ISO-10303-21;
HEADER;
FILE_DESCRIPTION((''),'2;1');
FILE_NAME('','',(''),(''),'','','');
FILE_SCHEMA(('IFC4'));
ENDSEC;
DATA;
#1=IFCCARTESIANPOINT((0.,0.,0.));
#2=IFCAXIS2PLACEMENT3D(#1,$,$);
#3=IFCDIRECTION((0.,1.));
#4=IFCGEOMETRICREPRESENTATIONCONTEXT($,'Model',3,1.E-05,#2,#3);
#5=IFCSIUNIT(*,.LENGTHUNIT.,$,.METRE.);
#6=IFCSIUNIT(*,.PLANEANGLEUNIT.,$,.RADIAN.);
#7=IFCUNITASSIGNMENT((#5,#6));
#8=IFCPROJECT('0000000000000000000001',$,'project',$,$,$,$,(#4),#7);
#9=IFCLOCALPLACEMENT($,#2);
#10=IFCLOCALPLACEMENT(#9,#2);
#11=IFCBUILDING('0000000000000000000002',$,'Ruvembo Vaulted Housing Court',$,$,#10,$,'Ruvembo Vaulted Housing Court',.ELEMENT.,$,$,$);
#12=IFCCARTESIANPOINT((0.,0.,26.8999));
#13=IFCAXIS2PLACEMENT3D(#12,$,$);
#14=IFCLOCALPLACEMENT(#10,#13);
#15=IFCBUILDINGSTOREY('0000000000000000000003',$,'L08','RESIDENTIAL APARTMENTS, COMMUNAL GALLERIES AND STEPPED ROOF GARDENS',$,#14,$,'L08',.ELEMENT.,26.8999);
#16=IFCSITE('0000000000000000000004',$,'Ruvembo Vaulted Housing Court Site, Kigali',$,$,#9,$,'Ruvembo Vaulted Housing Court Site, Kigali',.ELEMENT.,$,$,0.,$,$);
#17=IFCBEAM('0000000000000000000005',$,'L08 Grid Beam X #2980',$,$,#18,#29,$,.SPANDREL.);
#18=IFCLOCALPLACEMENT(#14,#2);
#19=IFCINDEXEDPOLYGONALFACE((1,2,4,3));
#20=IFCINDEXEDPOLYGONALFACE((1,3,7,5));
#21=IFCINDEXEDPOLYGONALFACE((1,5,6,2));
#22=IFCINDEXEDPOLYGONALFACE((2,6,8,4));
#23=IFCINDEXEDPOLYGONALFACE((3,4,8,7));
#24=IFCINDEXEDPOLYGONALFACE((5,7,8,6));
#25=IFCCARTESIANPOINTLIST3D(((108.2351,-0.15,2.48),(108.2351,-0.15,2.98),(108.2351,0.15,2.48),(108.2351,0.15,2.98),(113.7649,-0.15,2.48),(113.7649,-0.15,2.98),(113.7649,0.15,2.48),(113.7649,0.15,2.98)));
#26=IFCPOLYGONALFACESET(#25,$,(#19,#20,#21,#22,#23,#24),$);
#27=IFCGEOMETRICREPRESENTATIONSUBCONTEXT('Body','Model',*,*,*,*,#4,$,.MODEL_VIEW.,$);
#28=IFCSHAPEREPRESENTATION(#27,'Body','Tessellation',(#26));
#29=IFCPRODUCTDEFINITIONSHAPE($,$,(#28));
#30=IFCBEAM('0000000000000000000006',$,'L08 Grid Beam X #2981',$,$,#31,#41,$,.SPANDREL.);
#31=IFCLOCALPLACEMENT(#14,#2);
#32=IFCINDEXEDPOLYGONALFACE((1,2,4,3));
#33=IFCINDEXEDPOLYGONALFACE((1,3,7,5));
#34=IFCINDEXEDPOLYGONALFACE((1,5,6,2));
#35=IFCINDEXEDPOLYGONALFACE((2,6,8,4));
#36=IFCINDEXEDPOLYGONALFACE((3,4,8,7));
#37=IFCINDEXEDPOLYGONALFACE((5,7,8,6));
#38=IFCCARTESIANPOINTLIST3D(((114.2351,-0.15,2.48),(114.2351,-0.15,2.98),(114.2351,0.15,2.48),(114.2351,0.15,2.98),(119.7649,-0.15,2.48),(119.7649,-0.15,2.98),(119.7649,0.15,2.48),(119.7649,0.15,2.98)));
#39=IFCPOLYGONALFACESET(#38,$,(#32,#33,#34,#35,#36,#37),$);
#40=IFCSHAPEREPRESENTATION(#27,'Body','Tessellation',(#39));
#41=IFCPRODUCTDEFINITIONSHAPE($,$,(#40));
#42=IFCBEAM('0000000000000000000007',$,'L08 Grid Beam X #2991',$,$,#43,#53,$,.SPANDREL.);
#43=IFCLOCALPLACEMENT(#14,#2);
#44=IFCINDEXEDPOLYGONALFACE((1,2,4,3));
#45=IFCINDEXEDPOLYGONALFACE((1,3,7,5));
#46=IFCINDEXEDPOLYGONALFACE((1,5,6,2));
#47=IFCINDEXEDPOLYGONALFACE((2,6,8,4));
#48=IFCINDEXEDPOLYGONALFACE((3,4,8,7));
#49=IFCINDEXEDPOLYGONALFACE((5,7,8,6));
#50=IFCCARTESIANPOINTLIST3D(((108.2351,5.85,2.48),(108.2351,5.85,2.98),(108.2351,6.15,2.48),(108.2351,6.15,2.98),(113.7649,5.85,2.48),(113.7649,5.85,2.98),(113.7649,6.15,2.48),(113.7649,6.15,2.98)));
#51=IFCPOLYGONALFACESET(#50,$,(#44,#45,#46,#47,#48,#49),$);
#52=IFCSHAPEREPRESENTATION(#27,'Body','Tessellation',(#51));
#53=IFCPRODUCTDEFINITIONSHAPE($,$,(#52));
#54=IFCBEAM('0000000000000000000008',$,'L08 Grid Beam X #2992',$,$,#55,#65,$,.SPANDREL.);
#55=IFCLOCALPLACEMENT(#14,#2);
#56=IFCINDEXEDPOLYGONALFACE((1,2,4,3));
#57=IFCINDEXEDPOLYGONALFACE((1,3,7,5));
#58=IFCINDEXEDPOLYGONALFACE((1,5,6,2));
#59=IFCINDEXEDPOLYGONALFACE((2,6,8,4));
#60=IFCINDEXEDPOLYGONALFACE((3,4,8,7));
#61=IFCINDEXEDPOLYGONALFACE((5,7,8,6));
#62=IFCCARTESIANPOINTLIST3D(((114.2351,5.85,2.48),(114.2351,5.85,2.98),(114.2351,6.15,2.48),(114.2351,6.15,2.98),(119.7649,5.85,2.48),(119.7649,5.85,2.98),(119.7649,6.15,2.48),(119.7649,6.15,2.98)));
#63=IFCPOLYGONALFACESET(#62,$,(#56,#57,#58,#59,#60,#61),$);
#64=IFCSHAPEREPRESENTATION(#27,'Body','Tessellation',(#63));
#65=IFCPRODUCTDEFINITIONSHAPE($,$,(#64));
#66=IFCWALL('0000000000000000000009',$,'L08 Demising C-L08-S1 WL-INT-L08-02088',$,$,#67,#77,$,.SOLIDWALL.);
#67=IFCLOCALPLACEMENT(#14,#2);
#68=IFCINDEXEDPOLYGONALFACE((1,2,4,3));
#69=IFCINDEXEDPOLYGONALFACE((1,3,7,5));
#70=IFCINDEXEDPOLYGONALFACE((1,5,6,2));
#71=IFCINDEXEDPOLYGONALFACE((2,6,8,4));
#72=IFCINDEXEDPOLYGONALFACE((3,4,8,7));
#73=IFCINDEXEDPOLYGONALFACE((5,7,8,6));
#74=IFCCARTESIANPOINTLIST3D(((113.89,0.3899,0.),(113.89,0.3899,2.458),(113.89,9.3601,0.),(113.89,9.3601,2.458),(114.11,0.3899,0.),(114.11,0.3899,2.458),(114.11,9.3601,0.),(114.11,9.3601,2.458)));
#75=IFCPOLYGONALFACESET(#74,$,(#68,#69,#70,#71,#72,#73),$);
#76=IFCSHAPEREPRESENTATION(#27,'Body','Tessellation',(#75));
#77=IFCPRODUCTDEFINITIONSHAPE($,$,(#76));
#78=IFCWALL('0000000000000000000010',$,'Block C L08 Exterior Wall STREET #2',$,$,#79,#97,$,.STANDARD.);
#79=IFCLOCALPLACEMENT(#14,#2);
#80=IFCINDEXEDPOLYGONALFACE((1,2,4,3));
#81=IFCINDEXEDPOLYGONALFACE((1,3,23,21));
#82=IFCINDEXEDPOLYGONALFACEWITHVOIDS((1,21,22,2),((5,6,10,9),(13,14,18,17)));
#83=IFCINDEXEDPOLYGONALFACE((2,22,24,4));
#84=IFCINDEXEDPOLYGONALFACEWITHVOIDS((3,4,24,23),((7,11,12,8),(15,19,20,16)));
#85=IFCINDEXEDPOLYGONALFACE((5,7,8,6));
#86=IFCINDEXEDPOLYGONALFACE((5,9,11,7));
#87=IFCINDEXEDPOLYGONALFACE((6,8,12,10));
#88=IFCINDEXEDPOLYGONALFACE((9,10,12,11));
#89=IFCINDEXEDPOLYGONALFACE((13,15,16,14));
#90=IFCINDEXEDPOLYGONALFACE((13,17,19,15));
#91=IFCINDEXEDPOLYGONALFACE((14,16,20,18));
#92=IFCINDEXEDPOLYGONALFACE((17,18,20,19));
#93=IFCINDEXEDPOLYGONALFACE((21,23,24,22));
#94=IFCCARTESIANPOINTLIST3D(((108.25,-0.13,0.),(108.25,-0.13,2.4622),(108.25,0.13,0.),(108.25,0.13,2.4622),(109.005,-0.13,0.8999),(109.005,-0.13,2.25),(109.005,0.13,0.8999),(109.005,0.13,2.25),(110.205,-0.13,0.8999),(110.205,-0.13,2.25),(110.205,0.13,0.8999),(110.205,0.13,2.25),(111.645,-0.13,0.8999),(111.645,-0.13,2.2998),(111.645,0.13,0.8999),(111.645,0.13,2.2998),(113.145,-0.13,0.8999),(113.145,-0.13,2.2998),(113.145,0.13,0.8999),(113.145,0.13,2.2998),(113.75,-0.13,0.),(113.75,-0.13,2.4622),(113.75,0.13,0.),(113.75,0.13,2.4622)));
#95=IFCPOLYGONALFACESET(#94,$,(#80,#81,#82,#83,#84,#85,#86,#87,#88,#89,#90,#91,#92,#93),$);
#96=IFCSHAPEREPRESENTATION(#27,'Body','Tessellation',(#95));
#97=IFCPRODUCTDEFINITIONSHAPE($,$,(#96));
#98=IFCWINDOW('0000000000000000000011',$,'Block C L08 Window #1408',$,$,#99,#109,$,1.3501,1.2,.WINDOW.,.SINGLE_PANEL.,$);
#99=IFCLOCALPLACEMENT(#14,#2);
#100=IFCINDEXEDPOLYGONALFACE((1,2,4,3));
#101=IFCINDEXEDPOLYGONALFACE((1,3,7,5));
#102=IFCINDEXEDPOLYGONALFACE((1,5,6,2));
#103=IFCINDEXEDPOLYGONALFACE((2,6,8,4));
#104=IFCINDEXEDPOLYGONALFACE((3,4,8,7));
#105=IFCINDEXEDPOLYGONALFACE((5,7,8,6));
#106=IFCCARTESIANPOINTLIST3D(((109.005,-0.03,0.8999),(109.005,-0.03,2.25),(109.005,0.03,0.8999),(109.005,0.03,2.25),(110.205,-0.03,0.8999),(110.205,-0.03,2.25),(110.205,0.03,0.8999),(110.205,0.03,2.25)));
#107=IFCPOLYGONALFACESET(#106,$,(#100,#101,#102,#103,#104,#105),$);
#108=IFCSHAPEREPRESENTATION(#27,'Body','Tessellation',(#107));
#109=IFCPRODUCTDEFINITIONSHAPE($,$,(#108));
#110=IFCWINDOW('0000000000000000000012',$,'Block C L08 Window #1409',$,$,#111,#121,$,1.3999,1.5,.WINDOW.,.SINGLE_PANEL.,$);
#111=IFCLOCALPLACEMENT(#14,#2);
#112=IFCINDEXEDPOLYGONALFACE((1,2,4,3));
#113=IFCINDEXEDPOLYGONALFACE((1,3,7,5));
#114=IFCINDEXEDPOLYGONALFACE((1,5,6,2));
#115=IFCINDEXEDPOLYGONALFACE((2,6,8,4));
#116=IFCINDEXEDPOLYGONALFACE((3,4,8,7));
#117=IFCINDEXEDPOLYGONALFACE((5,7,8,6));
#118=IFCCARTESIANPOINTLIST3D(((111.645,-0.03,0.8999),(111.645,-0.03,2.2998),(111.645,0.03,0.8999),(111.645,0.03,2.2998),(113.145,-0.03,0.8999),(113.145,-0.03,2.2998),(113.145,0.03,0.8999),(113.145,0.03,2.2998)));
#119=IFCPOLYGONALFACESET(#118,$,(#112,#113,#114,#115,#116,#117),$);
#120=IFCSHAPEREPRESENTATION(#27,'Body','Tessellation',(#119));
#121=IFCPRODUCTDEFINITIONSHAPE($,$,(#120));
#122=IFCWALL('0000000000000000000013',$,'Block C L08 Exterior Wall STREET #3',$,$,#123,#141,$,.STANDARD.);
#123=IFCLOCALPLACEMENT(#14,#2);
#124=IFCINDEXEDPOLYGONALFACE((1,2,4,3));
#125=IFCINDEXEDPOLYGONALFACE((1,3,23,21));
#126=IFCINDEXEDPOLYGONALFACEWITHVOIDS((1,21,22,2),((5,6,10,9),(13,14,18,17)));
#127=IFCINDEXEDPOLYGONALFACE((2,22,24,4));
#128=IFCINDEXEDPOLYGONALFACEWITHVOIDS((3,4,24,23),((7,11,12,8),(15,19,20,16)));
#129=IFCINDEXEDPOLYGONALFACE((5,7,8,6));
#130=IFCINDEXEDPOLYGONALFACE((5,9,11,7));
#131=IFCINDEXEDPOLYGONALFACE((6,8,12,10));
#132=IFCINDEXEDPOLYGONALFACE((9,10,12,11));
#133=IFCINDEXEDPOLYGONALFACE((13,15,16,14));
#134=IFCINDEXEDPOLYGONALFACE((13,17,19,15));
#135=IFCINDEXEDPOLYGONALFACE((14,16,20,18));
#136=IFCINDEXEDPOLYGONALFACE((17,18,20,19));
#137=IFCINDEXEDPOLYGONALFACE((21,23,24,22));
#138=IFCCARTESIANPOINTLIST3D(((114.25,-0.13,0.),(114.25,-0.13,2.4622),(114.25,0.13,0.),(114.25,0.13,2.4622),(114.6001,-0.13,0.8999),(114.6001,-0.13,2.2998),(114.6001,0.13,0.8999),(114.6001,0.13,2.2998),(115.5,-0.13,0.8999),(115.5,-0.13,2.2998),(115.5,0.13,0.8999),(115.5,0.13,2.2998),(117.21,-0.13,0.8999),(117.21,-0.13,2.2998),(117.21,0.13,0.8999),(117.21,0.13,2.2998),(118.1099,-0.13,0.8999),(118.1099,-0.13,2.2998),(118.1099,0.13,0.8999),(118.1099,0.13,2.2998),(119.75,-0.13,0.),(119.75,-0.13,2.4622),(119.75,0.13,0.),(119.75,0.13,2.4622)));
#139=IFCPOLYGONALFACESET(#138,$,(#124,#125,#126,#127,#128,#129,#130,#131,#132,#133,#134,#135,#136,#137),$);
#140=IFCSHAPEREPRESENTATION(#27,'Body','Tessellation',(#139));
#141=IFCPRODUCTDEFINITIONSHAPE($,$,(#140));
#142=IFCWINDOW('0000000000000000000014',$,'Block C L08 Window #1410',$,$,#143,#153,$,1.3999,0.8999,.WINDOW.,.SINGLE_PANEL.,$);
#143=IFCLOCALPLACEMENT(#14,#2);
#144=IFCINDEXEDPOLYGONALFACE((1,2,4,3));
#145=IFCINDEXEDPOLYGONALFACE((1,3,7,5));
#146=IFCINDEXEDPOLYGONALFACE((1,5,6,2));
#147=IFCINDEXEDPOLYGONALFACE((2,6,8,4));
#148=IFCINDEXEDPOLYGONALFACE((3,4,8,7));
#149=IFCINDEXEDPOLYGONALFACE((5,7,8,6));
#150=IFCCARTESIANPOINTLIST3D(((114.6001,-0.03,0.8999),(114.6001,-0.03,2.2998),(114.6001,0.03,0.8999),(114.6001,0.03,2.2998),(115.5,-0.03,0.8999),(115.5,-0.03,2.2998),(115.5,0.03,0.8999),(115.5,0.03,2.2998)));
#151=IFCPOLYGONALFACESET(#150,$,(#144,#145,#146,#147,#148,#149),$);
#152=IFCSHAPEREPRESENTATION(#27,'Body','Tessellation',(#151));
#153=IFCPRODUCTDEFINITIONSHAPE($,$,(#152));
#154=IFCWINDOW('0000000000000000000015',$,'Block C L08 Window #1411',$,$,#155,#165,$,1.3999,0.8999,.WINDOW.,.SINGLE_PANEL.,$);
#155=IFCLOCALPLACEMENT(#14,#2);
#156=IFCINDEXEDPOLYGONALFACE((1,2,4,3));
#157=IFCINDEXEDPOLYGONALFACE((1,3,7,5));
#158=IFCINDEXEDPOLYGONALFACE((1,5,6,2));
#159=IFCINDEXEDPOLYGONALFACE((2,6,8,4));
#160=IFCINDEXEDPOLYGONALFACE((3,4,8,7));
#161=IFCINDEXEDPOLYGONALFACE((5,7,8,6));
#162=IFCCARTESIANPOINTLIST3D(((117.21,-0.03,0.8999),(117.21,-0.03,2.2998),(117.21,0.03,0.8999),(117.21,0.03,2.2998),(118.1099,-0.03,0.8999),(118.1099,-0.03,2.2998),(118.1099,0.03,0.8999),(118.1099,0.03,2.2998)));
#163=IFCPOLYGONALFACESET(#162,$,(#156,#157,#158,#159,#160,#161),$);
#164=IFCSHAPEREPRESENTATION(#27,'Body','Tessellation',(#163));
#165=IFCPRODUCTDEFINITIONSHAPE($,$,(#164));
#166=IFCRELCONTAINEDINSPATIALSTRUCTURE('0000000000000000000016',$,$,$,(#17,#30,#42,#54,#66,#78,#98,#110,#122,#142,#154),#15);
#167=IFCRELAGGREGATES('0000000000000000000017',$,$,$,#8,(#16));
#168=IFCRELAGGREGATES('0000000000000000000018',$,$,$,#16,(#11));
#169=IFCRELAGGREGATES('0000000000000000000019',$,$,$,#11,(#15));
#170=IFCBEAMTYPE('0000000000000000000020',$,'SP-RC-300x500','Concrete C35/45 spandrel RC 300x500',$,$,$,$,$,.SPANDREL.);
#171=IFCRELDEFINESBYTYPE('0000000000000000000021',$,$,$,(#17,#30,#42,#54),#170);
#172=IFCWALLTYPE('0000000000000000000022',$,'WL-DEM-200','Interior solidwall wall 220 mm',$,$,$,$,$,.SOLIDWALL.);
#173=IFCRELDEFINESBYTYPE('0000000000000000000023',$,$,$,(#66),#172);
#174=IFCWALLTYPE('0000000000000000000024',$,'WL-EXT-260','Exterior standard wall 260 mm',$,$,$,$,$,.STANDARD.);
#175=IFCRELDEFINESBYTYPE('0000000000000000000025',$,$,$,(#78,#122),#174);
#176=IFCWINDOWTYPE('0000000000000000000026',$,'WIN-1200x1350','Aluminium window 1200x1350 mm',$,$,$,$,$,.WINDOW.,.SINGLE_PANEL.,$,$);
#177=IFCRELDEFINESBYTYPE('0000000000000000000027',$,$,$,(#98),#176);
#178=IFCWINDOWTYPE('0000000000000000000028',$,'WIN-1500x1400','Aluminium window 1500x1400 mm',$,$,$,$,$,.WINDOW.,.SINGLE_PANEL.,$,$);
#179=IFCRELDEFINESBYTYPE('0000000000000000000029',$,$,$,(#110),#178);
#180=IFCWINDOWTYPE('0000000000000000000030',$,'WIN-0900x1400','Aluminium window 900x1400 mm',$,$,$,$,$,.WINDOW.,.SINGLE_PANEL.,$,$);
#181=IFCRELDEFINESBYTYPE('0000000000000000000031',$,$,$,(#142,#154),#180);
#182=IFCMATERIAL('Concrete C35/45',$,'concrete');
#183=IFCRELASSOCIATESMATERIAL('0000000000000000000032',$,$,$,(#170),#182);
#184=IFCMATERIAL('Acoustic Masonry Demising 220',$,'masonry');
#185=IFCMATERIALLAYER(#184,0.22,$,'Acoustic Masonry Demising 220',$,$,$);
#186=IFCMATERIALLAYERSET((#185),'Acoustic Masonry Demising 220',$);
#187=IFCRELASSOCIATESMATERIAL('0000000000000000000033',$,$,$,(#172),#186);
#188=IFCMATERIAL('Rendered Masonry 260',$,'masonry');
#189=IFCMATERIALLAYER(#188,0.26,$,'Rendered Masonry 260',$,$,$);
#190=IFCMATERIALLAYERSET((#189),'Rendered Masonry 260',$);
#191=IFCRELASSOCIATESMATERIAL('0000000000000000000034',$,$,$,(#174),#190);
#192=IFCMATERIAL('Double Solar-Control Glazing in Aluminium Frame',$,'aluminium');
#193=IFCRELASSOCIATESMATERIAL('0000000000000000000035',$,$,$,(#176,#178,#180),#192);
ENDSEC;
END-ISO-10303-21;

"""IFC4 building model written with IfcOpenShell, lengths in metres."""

from ifc_helpers import new_model, si_unit, direction, frame, frame_2d, origin, origin_2d, place, context, subcontext, project, spatial, rectangle, extrude, material, layer, layer_set, material_profile, profile_set, type_object, element, fill, save


model = new_model("IFC4")

# Units and contexts
model_context = context("Model", 3, precision=1e-05, world=origin(), true_north=direction((0.0, 1.0)))
body_context = subcontext(model_context, "Body", "Model", "MODEL_VIEW")
ifc_project = project(units=[si_unit("LENGTHUNIT", "METRE"), si_unit("PLANEANGLEUNIT", "RADIAN")], contexts=[model_context])

# Site, building, storey
site_placement = place(None, origin())
site = spatial("IfcSite", under=ifc_project, at=site_placement, Name="Ruvembo Vaulted Housing Court Site, Kigali", LongName="Ruvembo Vaulted Housing Court Site, Kigali", CompositionType="ELEMENT", RefElevation=0.0)
building_placement = place(site_placement, origin())
building = spatial("IfcBuilding", under=site, at=building_placement, Name="Ruvembo Vaulted Housing Court", LongName="Ruvembo Vaulted Housing Court", CompositionType="ELEMENT")
storey_placement = place(building_placement, frame((0.0, 0.0, 26.8999)))
storey = spatial("IfcBuildingStorey", under=building, at=storey_placement, Name="L08", Description="RESIDENTIAL APARTMENTS, COMMUNAL GALLERIES AND STEPPED ROOF GARDENS", LongName="L08", CompositionType="ELEMENT", Elevation=26.8999)

# Shared definitions
ifc_material_1 = material(Name="Concrete C35/45", Category="concrete")

# Beams
ifc_material_profile_1 = material_profile(ifc_material_1, rectangle(XDim=0.3, YDim=0.5, at=origin_2d()), Name="RC 300x500")
ifc_profile_set_1 = profile_set([ifc_material_profile_1], Name="Concrete C35/45")
beam_type_1 = type_object("IfcBeamType", Name="SP-RC-300x500", Description="Concrete C35/45 spandrel RC 300x500", PredefinedType="SPANDREL", material=ifc_profile_set_1)
for number, where, z_axis, x_axis, name in (
    (1, (108.2351, 0.0, 2.73), (1.0, 0.0, 0.0), (0.0, 1.0, 0.0), "L08 Grid Beam X #2980"),
    (2, (114.2351, 0.0, 2.73), (1.0, 0.0, 0.0), (0.0, 1.0, 0.0), "L08 Grid Beam X #2981"),
    (3, (108.2351, 6.0, 2.73), (1.0, 0.0, 0.0), (0.0, 1.0, 0.0), "L08 Grid Beam X #2991"),
    (4, (114.2351, 6.0, 2.73), (1.0, 0.0, 0.0), (0.0, 1.0, 0.0), "L08 Grid Beam X #2992"),
):
    element("IfcBeam", number, at=place(storey_placement, frame(where, z_axis=z_axis, x_axis=x_axis)), inside=storey, type_object=beam_type_1, Name=name, PredefinedType="SPANDREL", context=body_context, shape_type="SweptSolid", body=[
        extrude(rectangle(XDim=0.3, YDim=0.5, at=origin_2d()), origin(), (0.0, 0.0, 1.0), 5.5298),
    ])

# Wall
ifc_material_2 = material(Name="Acoustic Masonry Demising 220", Category="masonry")
ifc_layer_1 = layer(ifc_material_2, 0.22, Name="Acoustic Masonry Demising 220")
ifc_layer_set_1 = layer_set([ifc_layer_1], Name="Acoustic Masonry Demising 220")
wall_type_1 = type_object("IfcWallType", Name="WL-DEM-200", Description="Interior solidwall wall 220 mm", PredefinedType="SOLIDWALL", material=ifc_layer_set_1)
wall_1_placement = place(storey_placement, frame((114.0, 0.3899, 0.0), z_axis=(0.0, 0.0, 1.0), x_axis=(0.0, 1.0, 0.0)))
element("IfcWall", 5, at=wall_1_placement, inside=storey, type_object=wall_type_1, Name="L08 Demising C-L08-S1 WL-INT-L08-02088", PredefinedType="SOLIDWALL", context=body_context, shape_type="SweptSolid", body=[
    extrude(rectangle(XDim=8.9702, YDim=0.22, at=frame_2d((4.4851, 0.0))), origin(), (0.0, 0.0, 1.0), 2.458),
])

# Walls, openings, windows
ifc_material_3 = material(Name="Rendered Masonry 260", Category="masonry")
ifc_layer_2 = layer(ifc_material_3, 0.26, Name="Rendered Masonry 260")
ifc_layer_set_2 = layer_set([ifc_layer_2], Name="Rendered Masonry 260")
wall_type_2 = type_object("IfcWallType", Name="WL-EXT-260", Description="Exterior standard wall 260 mm", PredefinedType="STANDARD", material=ifc_layer_set_2)
wall_2_placement = place(storey_placement, frame((108.25, 0.0, 0.0), z_axis=(0.0, 0.0, 1.0), x_axis=(1.0, 0.0, 0.0)))
wall_2 = element("IfcWall", 6, at=wall_2_placement, inside=storey, type_object=wall_type_2, Name="Block C L08 Exterior Wall STREET #2", PredefinedType="STANDARD", context=body_context, shape_type="SweptSolid", body=[
    extrude(rectangle(XDim=5.5, YDim=0.26, at=frame_2d((2.75, 0.0))), origin(), (0.0, 0.0, 1.0), 2.4622),
])
opening_1_placement = place(wall_2_placement, frame((0.7549, 0.0, 0.8999)))
opening_1 = element("IfcOpeningElement", 7, at=opening_1_placement, cuts=wall_2, PredefinedType="OPENING", context=body_context, shape_type="SweptSolid", body=[
    extrude(rectangle(XDim=1.2, YDim=1.3501, at=frame_2d((0.6001, 0.675))), frame((0.0, 0.1399, 0.0), z_axis=(0.0, -1.0, 0.0), x_axis=(1.0, 0.0, 0.0)), (0.0, 0.0, 1.0), 0.28),
])
opening_2_placement = place(wall_2_placement, frame((3.395, 0.0, 0.8999)))
opening_2 = element("IfcOpeningElement", 8, at=opening_2_placement, cuts=wall_2, PredefinedType="OPENING", context=body_context, shape_type="SweptSolid", body=[
    extrude(rectangle(XDim=1.5, YDim=1.3999, at=frame_2d((0.75, 0.7))), frame((0.0, 0.1399, 0.0), z_axis=(0.0, -1.0, 0.0), x_axis=(1.0, 0.0, 0.0)), (0.0, 0.0, 1.0), 0.28),
])
ifc_material_4 = material(Name="Double Solar-Control Glazing in Aluminium Frame", Category="aluminium")
window_type_1 = type_object("IfcWindowType", Name="WIN-1200x1350", Description="Aluminium window 1200x1350 mm", PartitioningType="SINGLE_PANEL", PredefinedType="WINDOW", material=ifc_material_4)
window_1_placement = place(opening_1_placement, origin())
window_1 = element("IfcWindow", 9, at=window_1_placement, inside=storey, type_object=window_type_1, Name="Block C L08 Window #1408", OverallHeight=1.3501, OverallWidth=1.2, PartitioningType="SINGLE_PANEL", PredefinedType="WINDOW", context=body_context, shape_type="SweptSolid", body=[
    extrude(rectangle(XDim=1.2, YDim=1.3501, at=frame_2d((0.6001, 0.675))), frame((0.0, 0.03, 0.0), z_axis=(0.0, -1.0, 0.0), x_axis=(1.0, 0.0, 0.0)), (0.0, 0.0, 1.0), 0.0601),
])
fill(opening_1, window_1)
window_type_2 = type_object("IfcWindowType", Name="WIN-1500x1400", Description="Aluminium window 1500x1400 mm", PartitioningType="SINGLE_PANEL", PredefinedType="WINDOW", material=ifc_material_4)
window_2_placement = place(opening_2_placement, origin())
window_2 = element("IfcWindow", 10, at=window_2_placement, inside=storey, type_object=window_type_2, Name="Block C L08 Window #1409", OverallHeight=1.3999, OverallWidth=1.5, PartitioningType="SINGLE_PANEL", PredefinedType="WINDOW", context=body_context, shape_type="SweptSolid", body=[
    extrude(rectangle(XDim=1.5, YDim=1.3999, at=frame_2d((0.75, 0.7))), frame((0.0, 0.03, 0.0), z_axis=(0.0, -1.0, 0.0), x_axis=(1.0, 0.0, 0.0)), (0.0, 0.0, 1.0), 0.0601),
])
fill(opening_2, window_2)
wall_3_placement = place(storey_placement, frame((114.25, 0.0, 0.0), z_axis=(0.0, 0.0, 1.0), x_axis=(1.0, 0.0, 0.0)))
wall_3 = element("IfcWall", 11, at=wall_3_placement, inside=storey, type_object=wall_type_2, Name="Block C L08 Exterior Wall STREET #3", PredefinedType="STANDARD", context=body_context, shape_type="SweptSolid", body=[
    extrude(rectangle(XDim=5.5, YDim=0.26, at=frame_2d((2.75, 0.0))), origin(), (0.0, 0.0, 1.0), 2.4622),
])
opening_3_placement = place(wall_3_placement, frame((0.3501, 0.0, 0.8999)))
opening_3 = element("IfcOpeningElement", 12, at=opening_3_placement, cuts=wall_3, PredefinedType="OPENING", context=body_context, shape_type="SweptSolid", body=[
    extrude(rectangle(XDim=0.8999, YDim=1.3999, at=frame_2d((0.45, 0.7))), frame((0.0, 0.1399, 0.0), z_axis=(0.0, -1.0, 0.0), x_axis=(1.0, 0.0, 0.0)), (0.0, 0.0, 1.0), 0.28),
])
opening_4_placement = place(wall_3_placement, frame((2.96, 0.0, 0.8999)))
opening_4 = element("IfcOpeningElement", 13, at=opening_4_placement, cuts=wall_3, PredefinedType="OPENING", context=body_context, shape_type="SweptSolid", body=[
    extrude(rectangle(XDim=0.8999, YDim=1.3999, at=frame_2d((0.45, 0.7))), frame((0.0, 0.1399, 0.0), z_axis=(0.0, -1.0, 0.0), x_axis=(1.0, 0.0, 0.0)), (0.0, 0.0, 1.0), 0.28),
])
window_type_3 = type_object("IfcWindowType", Name="WIN-0900x1400", Description="Aluminium window 900x1400 mm", PartitioningType="SINGLE_PANEL", PredefinedType="WINDOW", material=ifc_material_4)
window_3_placement = place(opening_3_placement, origin())
window_3 = element("IfcWindow", 14, at=window_3_placement, inside=storey, type_object=window_type_3, Name="Block C L08 Window #1410", OverallHeight=1.3999, OverallWidth=0.8999, PartitioningType="SINGLE_PANEL", PredefinedType="WINDOW", context=body_context, shape_type="SweptSolid", body=[
    extrude(rectangle(XDim=0.8999, YDim=1.3999, at=frame_2d((0.45, 0.7))), frame((0.0, 0.03, 0.0), z_axis=(0.0, -1.0, 0.0), x_axis=(1.0, 0.0, 0.0)), (0.0, 0.0, 1.0), 0.0601),
])
fill(opening_3, window_3)
window_4_placement = place(opening_4_placement, origin())
window_4 = element("IfcWindow", 15, at=window_4_placement, inside=storey, type_object=window_type_3, Name="Block C L08 Window #1411", OverallHeight=1.3999, OverallWidth=0.8999, PartitioningType="SINGLE_PANEL", PredefinedType="WINDOW", context=body_context, shape_type="SweptSolid", body=[
    extrude(rectangle(XDim=0.8999, YDim=1.3999, at=frame_2d((0.45, 0.7))), frame((0.0, 0.03, 0.0), z_axis=(0.0, -1.0, 0.0), x_axis=(1.0, 0.0, 0.0)), (0.0, 0.0, 1.0), 0.0601),
])
fill(opening_4, window_4)

save(model, "model.ifc")
